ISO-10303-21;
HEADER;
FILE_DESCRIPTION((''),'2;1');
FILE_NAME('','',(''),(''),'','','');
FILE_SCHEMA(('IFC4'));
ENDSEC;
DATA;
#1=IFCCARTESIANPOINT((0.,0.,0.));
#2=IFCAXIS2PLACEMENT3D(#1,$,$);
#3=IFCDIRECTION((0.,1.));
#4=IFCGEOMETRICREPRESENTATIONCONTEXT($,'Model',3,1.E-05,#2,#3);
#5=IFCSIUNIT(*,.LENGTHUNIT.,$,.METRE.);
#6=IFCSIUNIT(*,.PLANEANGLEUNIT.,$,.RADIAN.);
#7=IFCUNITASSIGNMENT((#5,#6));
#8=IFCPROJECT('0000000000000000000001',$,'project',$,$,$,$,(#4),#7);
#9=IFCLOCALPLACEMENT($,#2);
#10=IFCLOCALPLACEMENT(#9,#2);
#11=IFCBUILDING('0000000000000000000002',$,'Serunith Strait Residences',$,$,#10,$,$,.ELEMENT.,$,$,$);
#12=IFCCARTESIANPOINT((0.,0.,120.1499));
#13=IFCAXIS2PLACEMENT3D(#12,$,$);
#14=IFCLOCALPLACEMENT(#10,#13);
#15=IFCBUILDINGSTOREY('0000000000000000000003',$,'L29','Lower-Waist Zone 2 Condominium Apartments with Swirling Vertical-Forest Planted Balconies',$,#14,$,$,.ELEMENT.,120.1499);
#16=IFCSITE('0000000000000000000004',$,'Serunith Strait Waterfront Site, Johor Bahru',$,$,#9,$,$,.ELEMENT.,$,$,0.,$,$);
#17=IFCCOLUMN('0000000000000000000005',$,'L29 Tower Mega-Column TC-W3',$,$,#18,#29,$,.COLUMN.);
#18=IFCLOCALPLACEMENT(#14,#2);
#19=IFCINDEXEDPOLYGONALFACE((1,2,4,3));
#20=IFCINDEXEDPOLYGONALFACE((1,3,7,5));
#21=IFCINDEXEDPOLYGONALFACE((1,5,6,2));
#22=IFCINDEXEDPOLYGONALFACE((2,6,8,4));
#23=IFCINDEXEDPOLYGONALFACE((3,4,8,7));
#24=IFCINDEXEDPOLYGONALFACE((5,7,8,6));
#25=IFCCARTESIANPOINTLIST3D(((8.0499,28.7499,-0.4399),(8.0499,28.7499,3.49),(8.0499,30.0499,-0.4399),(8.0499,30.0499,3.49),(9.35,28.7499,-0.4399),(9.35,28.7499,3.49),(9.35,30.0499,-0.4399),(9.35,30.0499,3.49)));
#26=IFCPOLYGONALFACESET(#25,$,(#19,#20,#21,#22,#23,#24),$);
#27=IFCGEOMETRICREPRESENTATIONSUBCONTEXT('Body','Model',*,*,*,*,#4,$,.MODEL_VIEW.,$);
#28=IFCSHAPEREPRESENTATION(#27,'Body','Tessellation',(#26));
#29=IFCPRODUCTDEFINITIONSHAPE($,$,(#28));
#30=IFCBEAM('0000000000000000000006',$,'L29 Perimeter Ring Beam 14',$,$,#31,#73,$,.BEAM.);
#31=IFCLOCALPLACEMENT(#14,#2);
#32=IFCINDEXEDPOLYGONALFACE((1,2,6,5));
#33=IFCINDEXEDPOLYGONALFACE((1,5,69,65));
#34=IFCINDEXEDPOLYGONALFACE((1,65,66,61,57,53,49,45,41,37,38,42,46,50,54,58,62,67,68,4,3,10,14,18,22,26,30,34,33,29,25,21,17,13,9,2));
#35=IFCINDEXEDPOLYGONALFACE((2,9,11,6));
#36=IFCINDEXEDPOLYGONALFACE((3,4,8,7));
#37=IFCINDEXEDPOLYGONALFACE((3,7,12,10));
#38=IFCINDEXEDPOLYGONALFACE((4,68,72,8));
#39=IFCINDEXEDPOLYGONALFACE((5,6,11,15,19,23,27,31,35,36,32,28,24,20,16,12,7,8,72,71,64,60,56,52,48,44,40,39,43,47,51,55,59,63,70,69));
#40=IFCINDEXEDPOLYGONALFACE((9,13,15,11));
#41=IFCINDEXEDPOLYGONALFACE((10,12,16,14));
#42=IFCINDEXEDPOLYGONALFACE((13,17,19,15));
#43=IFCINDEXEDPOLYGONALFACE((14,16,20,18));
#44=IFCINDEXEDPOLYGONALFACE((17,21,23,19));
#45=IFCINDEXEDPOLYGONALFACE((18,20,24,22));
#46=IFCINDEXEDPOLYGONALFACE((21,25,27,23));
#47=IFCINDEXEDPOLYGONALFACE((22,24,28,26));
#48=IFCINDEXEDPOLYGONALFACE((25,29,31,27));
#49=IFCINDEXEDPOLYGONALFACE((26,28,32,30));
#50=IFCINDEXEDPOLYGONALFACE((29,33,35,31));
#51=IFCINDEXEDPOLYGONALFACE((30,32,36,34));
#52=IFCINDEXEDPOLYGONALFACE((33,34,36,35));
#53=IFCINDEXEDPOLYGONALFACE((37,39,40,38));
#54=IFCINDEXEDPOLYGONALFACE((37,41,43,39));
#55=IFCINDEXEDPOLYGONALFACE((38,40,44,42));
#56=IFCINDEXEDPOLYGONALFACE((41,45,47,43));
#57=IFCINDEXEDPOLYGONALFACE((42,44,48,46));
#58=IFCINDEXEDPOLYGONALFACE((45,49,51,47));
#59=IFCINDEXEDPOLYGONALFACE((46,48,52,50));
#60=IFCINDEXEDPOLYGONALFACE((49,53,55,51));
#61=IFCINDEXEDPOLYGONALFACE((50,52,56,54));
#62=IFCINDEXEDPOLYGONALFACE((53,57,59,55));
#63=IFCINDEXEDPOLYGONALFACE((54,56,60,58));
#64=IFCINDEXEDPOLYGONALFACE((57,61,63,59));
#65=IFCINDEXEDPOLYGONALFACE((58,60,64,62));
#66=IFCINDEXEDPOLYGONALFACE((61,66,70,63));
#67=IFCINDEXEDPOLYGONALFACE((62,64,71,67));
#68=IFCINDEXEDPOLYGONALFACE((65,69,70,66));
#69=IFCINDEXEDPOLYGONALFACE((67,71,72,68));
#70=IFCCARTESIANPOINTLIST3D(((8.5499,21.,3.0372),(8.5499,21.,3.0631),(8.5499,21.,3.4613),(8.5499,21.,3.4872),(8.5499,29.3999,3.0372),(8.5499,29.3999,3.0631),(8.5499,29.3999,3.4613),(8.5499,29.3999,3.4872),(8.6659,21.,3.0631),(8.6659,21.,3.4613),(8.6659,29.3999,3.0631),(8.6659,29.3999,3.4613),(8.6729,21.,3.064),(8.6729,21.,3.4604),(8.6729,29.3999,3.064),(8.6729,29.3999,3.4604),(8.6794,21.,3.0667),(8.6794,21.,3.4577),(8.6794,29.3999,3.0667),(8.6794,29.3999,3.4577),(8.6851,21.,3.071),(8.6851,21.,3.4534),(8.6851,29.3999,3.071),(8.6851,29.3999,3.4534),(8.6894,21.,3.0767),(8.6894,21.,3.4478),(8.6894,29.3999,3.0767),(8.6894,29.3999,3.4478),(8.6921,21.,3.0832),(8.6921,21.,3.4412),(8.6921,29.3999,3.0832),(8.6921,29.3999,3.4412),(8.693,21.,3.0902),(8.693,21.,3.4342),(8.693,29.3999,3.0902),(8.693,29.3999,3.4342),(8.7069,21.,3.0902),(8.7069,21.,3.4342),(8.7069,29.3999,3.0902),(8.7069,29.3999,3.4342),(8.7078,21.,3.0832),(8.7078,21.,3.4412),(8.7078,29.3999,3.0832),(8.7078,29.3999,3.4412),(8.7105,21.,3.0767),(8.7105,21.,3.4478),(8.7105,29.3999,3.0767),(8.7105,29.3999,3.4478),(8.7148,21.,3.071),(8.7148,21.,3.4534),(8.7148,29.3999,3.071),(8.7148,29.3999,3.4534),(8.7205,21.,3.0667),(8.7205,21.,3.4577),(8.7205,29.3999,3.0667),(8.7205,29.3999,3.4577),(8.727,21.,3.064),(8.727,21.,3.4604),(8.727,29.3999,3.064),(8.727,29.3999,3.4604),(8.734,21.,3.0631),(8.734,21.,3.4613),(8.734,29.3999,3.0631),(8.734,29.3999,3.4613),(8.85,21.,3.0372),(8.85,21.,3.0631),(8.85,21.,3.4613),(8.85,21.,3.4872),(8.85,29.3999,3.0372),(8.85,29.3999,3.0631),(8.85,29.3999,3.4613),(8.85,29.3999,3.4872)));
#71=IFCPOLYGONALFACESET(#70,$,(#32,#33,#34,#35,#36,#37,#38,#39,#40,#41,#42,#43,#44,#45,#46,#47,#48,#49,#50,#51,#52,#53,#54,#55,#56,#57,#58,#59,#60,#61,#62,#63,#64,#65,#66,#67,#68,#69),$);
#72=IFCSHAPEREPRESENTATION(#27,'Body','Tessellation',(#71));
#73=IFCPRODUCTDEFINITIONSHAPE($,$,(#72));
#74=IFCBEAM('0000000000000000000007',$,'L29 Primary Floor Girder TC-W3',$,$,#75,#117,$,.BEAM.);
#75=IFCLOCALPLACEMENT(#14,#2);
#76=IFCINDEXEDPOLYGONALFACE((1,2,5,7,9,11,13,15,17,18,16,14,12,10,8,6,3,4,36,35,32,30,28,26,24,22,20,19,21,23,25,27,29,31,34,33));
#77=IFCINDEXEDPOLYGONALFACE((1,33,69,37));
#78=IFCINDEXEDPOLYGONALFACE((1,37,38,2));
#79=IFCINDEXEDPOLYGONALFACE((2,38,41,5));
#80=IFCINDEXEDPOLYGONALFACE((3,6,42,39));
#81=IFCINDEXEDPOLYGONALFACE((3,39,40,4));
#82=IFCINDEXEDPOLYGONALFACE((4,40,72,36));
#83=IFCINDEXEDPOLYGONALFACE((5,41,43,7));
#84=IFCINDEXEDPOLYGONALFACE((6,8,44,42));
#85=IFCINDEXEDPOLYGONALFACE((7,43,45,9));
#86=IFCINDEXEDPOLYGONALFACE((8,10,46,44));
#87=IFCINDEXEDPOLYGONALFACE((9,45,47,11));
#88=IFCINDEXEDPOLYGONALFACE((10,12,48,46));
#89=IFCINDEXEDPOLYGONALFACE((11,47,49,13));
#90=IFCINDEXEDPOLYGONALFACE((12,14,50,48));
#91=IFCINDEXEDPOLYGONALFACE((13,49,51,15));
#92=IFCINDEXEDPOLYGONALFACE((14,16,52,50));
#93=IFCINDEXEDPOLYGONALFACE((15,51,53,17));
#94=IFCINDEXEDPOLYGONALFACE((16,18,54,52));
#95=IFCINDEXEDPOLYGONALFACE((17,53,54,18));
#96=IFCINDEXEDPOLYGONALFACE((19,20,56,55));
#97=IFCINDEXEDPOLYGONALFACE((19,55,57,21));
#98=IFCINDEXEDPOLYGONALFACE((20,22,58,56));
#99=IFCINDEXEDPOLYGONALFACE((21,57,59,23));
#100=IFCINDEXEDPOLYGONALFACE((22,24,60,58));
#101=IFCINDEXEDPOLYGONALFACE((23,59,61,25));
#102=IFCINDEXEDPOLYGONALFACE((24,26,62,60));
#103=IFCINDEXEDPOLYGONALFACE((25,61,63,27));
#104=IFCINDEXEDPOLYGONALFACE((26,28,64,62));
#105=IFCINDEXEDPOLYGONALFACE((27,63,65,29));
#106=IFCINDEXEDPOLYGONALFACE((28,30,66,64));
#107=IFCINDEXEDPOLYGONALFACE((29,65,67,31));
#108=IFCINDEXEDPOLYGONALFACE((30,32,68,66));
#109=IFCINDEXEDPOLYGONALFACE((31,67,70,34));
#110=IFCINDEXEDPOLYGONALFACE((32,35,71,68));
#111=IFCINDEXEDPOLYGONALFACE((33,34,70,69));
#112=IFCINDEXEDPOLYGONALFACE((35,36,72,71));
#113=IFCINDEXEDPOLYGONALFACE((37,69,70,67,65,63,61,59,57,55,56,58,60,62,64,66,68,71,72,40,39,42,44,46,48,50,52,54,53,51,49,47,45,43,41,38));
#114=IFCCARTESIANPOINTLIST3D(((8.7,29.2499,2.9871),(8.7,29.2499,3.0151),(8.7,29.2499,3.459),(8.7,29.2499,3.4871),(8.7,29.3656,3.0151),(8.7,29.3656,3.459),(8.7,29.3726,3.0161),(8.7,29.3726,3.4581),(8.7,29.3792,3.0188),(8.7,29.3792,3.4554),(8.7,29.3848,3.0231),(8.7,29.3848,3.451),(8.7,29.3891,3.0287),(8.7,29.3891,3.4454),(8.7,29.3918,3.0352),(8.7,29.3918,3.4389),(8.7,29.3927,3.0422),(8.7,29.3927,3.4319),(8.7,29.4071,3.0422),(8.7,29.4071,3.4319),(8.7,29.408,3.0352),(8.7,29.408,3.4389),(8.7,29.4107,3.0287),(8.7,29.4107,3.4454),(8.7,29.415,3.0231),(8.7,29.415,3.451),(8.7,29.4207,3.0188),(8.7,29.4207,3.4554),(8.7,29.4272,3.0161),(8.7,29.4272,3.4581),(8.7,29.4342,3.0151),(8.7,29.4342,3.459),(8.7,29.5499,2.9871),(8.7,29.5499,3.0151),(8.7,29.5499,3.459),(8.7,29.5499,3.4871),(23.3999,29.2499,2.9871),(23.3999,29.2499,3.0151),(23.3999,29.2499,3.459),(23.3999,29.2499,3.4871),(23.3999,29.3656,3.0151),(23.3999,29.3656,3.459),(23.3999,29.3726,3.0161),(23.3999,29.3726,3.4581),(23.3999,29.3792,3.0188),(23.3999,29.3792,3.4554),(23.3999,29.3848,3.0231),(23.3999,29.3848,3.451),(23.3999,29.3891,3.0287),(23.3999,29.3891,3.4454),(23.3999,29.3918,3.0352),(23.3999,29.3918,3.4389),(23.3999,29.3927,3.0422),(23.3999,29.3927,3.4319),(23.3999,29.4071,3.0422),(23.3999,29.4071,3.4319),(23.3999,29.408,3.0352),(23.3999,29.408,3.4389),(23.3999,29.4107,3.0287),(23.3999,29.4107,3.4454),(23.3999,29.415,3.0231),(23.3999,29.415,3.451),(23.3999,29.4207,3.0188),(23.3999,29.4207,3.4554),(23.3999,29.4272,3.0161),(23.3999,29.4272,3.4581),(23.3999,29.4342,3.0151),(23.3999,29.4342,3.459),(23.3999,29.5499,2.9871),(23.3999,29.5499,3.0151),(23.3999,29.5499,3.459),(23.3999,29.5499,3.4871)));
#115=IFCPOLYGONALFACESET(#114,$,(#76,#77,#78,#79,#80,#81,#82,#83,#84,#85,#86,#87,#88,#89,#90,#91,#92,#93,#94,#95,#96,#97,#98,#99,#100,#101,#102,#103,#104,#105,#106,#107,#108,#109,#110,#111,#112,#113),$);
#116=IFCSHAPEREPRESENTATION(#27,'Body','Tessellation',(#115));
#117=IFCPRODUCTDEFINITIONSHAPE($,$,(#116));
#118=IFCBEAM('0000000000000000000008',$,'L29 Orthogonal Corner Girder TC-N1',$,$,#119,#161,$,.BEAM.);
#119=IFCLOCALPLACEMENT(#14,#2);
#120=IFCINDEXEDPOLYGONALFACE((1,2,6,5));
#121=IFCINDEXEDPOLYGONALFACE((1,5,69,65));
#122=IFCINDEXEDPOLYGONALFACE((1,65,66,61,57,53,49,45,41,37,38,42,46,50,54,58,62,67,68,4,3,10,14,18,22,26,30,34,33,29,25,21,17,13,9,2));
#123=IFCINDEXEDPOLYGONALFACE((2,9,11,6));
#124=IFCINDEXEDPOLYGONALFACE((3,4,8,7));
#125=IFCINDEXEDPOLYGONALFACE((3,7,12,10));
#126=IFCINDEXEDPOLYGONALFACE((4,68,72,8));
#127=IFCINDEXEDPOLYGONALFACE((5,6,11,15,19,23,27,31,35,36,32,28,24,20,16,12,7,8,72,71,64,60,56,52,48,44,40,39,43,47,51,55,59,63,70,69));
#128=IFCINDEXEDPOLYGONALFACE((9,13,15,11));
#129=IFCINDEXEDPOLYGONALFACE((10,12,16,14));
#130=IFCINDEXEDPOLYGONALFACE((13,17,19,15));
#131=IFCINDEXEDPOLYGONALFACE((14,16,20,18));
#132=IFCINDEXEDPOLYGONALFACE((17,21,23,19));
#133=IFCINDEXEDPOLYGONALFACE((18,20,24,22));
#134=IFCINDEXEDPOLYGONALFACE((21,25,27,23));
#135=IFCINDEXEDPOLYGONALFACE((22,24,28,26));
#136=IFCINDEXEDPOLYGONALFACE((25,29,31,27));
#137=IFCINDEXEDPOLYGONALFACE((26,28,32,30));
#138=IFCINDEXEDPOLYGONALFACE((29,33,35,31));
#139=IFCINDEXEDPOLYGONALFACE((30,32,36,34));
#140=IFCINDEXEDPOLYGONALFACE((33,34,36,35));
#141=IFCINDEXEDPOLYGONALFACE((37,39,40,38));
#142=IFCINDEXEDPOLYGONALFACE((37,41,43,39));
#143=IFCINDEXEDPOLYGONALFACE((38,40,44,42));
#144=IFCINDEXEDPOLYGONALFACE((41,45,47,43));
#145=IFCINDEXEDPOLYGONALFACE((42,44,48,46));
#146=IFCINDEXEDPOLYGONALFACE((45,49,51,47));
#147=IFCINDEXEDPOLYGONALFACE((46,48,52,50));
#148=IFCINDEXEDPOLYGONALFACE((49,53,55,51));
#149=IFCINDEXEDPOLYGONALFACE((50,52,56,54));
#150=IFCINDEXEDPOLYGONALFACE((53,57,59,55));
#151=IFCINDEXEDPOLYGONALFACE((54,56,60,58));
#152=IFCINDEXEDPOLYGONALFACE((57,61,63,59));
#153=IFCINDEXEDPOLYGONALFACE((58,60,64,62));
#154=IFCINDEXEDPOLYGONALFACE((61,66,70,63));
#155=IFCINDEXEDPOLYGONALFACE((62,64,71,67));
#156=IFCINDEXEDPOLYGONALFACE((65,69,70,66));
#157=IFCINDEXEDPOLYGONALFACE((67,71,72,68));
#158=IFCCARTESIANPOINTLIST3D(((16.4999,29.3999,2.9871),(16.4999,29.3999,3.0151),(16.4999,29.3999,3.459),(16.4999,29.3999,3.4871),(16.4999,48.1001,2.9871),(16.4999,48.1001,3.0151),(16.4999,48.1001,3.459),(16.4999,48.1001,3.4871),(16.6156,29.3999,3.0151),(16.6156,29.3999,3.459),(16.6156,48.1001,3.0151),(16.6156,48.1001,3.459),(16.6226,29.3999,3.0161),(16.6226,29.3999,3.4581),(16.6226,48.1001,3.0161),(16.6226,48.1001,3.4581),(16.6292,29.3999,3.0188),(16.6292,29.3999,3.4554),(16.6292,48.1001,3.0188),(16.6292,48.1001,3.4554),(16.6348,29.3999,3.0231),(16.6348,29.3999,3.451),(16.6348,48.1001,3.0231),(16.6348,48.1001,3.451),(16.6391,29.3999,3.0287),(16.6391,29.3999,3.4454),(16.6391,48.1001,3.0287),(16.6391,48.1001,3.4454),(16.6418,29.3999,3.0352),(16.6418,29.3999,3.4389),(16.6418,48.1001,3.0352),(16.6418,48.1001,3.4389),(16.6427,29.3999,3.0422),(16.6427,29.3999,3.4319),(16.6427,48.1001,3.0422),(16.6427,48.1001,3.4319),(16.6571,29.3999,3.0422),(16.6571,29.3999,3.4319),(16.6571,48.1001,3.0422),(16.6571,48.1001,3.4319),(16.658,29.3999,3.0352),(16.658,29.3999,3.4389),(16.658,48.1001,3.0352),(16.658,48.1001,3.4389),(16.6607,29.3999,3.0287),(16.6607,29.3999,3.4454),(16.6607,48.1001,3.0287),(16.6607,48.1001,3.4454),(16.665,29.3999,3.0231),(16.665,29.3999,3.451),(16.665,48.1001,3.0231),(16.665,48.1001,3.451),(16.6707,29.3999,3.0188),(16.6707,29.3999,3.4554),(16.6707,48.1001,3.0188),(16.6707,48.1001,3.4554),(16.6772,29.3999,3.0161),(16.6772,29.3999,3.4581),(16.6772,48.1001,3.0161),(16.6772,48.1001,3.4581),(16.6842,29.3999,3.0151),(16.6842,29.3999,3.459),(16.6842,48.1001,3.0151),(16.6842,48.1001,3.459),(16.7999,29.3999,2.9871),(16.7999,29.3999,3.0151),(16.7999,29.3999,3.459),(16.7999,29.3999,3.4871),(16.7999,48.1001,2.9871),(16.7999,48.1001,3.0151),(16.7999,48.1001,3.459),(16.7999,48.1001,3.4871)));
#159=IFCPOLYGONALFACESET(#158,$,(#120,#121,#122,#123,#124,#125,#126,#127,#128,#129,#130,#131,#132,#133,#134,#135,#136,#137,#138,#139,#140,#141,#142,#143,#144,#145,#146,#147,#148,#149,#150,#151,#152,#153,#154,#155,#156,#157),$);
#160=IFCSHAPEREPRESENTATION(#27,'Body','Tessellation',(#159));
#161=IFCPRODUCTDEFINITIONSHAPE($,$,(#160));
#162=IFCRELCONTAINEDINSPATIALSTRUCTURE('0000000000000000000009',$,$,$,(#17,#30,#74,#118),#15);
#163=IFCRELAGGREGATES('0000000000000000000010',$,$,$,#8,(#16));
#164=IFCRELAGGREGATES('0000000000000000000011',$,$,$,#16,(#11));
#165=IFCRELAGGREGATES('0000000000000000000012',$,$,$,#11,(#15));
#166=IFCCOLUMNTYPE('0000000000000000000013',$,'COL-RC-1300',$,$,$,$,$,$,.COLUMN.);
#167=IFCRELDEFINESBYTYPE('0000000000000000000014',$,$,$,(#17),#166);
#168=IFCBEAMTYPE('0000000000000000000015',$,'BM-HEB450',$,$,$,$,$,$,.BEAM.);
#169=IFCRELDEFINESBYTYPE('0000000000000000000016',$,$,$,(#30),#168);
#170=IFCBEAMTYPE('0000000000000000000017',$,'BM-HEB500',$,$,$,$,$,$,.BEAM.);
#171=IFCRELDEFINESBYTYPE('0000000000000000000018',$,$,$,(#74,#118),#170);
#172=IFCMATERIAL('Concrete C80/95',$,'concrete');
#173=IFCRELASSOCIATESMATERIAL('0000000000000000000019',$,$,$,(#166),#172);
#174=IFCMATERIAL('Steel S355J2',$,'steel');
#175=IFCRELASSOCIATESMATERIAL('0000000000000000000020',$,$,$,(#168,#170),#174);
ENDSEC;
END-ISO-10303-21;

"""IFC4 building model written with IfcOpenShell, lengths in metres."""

from ifc_helpers import new_model, si_unit, direction, frame, origin, origin_2d, place, context, subcontext, project, spatial, rectangle, i_section, extrude, source, transform, mapped, material, material_profile, profile_set, type_object, element, save


model = new_model("IFC4")

# Units and contexts
model_context = context("Model", 3, precision=1e-05, world=origin(), true_north=direction((0.0, 1.0)))
body_context = subcontext(model_context, "Body", "Model", "MODEL_VIEW")
ifc_project = project(units=[si_unit("LENGTHUNIT", "METRE"), si_unit("PLANEANGLEUNIT", "RADIAN")], contexts=[model_context])

# Site, building, storey
site_placement = place(None, origin())
site = spatial("IfcSite", under=ifc_project, at=site_placement, Name="Serunith Strait Waterfront Site, Johor Bahru", CompositionType="ELEMENT", RefElevation=0.0)
building_placement = place(site_placement, origin())
building = spatial("IfcBuilding", under=site, at=building_placement, Name="Serunith Strait Residences", CompositionType="ELEMENT")
storey_placement = place(building_placement, frame((0.0, 0.0, 120.1499)))
storey = spatial("IfcBuildingStorey", under=building, at=storey_placement, Name="L29", Description="Lower-Waist Zone 2 Condominium Apartments with Swirling Vertical-Forest Planted Balconies", CompositionType="ELEMENT", Elevation=120.1499)

# Column
ifc_material_1 = material(Name="Concrete C80/95", Category="concrete")
ifc_material_profile_1 = material_profile(ifc_material_1, rectangle(XDim=1.3, YDim=1.3, at=origin_2d()), Name="RC 1300x1300")
ifc_profile_set_1 = profile_set([ifc_material_profile_1], Name="Concrete C80/95")
column_type = type_object("IfcColumnType", Name="COL-RC-1300", PredefinedType="COLUMN", material=ifc_profile_set_1)
shared_shape_1 = source(origin(), body_context, "Body", "SweptSolid", [
    extrude(rectangle(XDim=1.3, YDim=1.3, at=origin_2d()), origin(), (0.0, 0.0, 1.0), 3.9299),
])
column_placement = place(storey_placement, frame((8.7, 29.3999, -0.4399), z_axis=(0.0, 0.0, 1.0), x_axis=(1.0, 0.0, 0.0)))
element("IfcColumn", 1, at=column_placement, inside=storey, type_object=column_type, Name="L29 Tower Mega-Column TC-W3", PredefinedType="COLUMN", context=body_context, shape_type="MappedRepresentation", body=[
    mapped(shared_shape_1, transform((0.0, 0.0, 0.0), scale=1.0)),
])

# Beams
ifc_material_2 = material(Name="Steel S355J2", Category="steel")
ifc_material_profile_2 = material_profile(ifc_material_2, i_section(OverallWidth=0.3, OverallDepth=0.45, WebThickness=0.0139, FlangeThickness=0.0259, FilletRadius=0.0271, at=origin_2d()), Name="HEB 450")
ifc_profile_set_2 = profile_set([ifc_material_profile_2], Name="Steel S355J2")
beam_type_1 = type_object("IfcBeamType", Name="BM-HEB450", PredefinedType="BEAM", material=ifc_profile_set_2)
shared_shape_2 = source(origin(), body_context, "Body", "SweptSolid", [
    extrude(i_section(OverallWidth=0.3, OverallDepth=0.45, WebThickness=0.0139, FlangeThickness=0.0259, FilletRadius=0.0271, at=origin_2d()), origin(), (0.0, 0.0, 1.0), 8.3999),
])
beam_1_placement = place(storey_placement, frame((8.7, 29.3999, 3.2622), z_axis=(0.0, -1.0, 0.0), x_axis=(1.0, 0.0, 0.0)))
element("IfcBeam", 2, at=beam_1_placement, inside=storey, type_object=beam_type_1, Name="L29 Perimeter Ring Beam 14", PredefinedType="BEAM", context=body_context, shape_type="MappedRepresentation", body=[
    mapped(shared_shape_2, transform((0.0, 0.0, 0.0), scale=1.0)),
])
ifc_material_profile_3 = material_profile(ifc_material_2, i_section(OverallWidth=0.3, OverallDepth=0.5, WebThickness=0.0144, FlangeThickness=0.0281, FilletRadius=0.0271, at=origin_2d()), Name="HEB 500")
ifc_profile_set_3 = profile_set([ifc_material_profile_3], Name="Steel S355J2")
beam_type_2 = type_object("IfcBeamType", Name="BM-HEB500", PredefinedType="BEAM", material=ifc_profile_set_3)
shared_shape_3 = source(origin(), body_context, "Body", "SweptSolid", [
    extrude(i_section(OverallWidth=0.3, OverallDepth=0.5, WebThickness=0.0144, FlangeThickness=0.0281, FilletRadius=0.0271, at=origin_2d()), origin(), (0.0, 0.0, 1.0), 14.7),
])
beam_2_placement = place(storey_placement, frame((23.3999, 29.3999, 3.2371), z_axis=(-1.0, 0.0, 0.0), x_axis=(0.0, -1.0, 0.0)))
element("IfcBeam", 3, at=beam_2_placement, inside=storey, type_object=beam_type_2, Name="L29 Primary Floor Girder TC-W3", PredefinedType="BEAM", context=body_context, shape_type="MappedRepresentation", body=[
    mapped(shared_shape_3, transform((0.0, 0.0, 0.0), scale=1.0)),
])
shared_shape_4 = source(origin(), body_context, "Body", "SweptSolid", [
    extrude(i_section(OverallWidth=0.3, OverallDepth=0.5, WebThickness=0.0144, FlangeThickness=0.0281, FilletRadius=0.0271, at=origin_2d()), origin(), (0.0, 0.0, 1.0), 18.7002),
])
beam_3_placement = place(storey_placement, frame((16.6499, 29.3999, 3.2371), z_axis=(0.0, 1.0, 0.0), x_axis=(-1.0, 0.0, 0.0)))
element("IfcBeam", 4, at=beam_3_placement, inside=storey, type_object=beam_type_2, Name="L29 Orthogonal Corner Girder TC-N1", PredefinedType="BEAM", context=body_context, shape_type="MappedRepresentation", body=[
    mapped(shared_shape_4, transform((0.0, 0.0, 0.0), scale=1.0)),
])

save(model, "model.ifc")
